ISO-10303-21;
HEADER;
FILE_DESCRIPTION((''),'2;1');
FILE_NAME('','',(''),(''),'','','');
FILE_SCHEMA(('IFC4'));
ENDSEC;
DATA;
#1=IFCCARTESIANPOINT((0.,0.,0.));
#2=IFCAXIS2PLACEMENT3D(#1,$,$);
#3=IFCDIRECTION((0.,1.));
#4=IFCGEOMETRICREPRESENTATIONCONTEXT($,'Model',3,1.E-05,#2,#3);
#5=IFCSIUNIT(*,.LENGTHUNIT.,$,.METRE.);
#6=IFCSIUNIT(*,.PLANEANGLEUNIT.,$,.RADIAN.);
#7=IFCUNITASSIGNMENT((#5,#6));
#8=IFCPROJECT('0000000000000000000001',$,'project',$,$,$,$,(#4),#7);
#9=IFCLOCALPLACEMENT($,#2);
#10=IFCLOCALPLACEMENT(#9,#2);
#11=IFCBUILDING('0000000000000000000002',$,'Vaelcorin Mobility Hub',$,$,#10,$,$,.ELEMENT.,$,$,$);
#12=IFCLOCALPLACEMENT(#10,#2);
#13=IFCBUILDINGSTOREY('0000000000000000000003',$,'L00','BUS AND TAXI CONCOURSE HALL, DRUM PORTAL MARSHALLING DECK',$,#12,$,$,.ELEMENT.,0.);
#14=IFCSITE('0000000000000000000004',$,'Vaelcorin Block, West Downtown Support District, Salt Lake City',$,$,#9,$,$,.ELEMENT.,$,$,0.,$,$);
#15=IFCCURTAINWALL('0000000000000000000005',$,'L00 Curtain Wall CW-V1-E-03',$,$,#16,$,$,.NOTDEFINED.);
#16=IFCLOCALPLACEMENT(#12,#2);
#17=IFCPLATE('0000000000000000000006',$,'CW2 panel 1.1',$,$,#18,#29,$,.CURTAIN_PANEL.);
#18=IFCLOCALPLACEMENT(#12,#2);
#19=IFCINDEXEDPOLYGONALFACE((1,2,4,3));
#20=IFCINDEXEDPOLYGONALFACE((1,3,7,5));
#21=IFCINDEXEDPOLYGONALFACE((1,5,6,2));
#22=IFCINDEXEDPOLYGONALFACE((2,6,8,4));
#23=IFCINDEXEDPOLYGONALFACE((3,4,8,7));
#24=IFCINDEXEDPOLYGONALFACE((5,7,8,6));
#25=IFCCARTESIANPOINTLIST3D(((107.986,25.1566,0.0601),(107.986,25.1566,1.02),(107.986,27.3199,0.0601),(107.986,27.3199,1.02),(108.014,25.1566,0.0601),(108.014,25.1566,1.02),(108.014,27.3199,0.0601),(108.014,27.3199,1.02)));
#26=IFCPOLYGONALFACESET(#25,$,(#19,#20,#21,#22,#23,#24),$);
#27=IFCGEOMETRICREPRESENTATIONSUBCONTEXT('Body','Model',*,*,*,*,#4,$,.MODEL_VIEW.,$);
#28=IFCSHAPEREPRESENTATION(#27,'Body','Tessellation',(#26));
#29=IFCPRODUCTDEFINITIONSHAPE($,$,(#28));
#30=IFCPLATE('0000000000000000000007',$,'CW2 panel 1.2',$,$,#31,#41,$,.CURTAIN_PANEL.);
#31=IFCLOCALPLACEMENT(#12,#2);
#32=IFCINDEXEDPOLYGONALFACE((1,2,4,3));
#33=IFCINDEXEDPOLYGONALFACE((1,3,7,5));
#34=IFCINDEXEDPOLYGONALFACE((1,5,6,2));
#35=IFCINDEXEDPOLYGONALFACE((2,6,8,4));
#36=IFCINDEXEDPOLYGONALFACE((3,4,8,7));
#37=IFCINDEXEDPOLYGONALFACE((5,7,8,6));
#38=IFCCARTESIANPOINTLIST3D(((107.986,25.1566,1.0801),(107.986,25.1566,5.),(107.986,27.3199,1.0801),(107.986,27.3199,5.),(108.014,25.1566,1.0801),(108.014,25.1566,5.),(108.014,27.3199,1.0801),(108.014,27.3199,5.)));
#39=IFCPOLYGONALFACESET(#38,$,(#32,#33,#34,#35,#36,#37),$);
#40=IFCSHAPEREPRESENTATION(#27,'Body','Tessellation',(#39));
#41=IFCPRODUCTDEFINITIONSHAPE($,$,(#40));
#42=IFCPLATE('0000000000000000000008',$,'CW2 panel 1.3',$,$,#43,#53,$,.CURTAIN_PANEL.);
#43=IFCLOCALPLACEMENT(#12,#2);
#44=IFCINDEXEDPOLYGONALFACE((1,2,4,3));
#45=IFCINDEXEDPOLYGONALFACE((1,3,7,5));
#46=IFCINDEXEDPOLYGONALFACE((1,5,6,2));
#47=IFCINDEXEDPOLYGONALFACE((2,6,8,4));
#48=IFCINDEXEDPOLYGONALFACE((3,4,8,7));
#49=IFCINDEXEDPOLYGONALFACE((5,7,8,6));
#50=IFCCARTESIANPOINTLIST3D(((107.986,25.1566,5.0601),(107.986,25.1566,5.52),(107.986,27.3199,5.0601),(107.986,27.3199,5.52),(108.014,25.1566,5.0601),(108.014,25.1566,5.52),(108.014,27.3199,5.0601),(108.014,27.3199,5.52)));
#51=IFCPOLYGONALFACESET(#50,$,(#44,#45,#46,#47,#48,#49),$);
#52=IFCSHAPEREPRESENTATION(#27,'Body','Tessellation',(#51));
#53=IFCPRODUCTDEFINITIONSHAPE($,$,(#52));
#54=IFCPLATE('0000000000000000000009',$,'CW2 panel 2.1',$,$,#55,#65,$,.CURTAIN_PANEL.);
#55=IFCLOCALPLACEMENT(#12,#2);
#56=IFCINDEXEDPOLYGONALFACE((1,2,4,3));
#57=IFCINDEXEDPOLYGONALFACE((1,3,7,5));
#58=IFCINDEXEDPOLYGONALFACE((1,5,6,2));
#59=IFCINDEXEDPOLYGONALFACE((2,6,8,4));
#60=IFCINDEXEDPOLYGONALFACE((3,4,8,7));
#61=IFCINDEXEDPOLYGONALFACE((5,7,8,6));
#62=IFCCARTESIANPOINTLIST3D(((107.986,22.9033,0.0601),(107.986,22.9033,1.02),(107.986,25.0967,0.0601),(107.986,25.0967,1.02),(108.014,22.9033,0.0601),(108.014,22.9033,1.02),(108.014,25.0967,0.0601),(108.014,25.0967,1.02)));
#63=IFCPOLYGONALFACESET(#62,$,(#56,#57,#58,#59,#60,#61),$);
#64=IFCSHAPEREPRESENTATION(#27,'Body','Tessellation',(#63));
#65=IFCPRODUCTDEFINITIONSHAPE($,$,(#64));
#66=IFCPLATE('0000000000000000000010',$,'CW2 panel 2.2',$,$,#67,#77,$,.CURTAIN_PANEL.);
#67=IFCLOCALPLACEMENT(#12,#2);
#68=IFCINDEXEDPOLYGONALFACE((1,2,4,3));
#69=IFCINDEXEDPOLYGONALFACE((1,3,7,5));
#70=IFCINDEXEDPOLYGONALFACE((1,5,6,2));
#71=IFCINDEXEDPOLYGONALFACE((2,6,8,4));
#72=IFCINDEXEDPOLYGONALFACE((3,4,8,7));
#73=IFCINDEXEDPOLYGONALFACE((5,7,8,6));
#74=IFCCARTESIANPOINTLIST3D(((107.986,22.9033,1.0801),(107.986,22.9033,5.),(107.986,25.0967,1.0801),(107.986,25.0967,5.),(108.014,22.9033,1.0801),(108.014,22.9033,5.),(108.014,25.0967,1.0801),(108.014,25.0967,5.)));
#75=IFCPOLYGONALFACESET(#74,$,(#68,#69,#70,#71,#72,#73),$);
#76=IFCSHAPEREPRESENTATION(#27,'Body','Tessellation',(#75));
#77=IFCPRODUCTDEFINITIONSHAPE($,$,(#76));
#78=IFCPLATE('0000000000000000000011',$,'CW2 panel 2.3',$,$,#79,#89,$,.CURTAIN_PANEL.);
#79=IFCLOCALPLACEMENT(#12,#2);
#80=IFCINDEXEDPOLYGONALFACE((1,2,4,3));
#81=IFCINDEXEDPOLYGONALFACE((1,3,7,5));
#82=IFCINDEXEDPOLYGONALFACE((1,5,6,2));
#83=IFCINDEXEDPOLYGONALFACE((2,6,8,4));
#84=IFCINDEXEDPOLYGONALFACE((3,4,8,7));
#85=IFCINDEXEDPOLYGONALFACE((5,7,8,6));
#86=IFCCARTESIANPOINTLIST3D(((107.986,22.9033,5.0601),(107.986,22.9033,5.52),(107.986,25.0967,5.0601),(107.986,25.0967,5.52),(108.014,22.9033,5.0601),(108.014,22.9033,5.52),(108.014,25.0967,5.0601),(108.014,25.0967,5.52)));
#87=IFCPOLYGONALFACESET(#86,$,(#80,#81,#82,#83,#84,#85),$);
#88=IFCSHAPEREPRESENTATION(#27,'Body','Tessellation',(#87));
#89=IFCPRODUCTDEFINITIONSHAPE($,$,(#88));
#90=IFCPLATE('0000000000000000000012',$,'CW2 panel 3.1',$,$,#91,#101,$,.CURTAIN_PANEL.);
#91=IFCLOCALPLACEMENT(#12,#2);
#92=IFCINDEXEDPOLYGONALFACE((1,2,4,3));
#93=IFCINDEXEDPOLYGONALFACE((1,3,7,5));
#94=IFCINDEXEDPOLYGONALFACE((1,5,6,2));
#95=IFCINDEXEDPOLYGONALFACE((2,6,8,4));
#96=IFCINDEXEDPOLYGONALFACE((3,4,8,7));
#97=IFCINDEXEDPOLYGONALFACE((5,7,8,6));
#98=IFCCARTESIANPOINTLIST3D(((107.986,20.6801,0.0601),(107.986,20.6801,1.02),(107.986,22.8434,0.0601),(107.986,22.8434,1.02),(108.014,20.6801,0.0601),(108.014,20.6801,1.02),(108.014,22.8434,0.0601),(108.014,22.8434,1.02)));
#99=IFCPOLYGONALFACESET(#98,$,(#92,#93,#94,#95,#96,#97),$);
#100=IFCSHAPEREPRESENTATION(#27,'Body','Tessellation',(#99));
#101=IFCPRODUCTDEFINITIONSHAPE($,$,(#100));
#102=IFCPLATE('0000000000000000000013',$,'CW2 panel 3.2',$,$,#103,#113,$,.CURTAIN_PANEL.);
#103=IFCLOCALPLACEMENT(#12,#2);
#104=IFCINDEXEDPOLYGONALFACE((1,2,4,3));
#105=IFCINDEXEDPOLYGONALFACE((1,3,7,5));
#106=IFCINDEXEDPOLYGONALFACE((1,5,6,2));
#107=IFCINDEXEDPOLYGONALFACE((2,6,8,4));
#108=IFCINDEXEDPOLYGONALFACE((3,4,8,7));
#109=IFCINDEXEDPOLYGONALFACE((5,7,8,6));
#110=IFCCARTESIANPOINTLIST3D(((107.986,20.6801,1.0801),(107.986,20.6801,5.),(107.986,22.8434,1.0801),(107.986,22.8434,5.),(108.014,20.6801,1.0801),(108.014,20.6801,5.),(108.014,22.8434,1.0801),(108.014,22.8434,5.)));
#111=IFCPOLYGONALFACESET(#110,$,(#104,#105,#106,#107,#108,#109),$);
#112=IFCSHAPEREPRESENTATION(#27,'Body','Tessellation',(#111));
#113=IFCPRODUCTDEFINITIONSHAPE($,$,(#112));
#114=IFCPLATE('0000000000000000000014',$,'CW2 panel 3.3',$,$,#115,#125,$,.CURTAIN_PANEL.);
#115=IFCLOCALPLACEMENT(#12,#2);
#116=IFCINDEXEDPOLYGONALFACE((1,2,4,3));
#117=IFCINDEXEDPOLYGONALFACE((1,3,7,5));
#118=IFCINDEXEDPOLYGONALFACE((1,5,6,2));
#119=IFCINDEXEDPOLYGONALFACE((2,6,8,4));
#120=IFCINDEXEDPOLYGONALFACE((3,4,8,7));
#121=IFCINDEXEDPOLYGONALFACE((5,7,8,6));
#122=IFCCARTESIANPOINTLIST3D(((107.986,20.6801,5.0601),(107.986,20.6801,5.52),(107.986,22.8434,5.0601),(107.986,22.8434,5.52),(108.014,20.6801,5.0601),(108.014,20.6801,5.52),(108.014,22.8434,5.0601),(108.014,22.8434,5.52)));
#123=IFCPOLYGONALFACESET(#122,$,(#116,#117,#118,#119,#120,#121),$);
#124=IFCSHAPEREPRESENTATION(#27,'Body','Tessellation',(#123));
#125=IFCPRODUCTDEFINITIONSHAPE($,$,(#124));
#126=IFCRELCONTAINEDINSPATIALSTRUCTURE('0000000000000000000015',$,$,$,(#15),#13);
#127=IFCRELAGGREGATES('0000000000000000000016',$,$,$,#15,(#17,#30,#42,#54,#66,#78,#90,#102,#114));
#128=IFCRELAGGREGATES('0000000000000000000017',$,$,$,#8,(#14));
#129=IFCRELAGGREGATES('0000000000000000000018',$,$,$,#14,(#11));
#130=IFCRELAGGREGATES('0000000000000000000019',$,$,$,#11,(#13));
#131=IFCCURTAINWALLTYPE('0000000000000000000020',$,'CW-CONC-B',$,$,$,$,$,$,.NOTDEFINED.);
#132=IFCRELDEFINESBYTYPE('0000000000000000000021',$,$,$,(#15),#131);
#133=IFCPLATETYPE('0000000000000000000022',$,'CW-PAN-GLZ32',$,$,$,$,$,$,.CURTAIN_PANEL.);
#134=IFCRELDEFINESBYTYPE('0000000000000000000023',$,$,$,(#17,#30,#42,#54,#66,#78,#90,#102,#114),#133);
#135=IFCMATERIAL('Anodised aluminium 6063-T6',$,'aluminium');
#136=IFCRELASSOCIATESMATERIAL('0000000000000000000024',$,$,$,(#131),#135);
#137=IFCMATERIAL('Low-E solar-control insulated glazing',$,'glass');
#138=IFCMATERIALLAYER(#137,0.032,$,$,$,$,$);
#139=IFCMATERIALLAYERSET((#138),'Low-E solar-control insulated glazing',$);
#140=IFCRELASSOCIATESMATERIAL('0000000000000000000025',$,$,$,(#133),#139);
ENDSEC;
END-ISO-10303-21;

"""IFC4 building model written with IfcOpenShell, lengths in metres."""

from ifc_helpers import new_model, si_unit, direction, frame, origin, origin_2d, place, context, subcontext, project, spatial, rectangle, extrude, material, layer, layer_set, type_object, element, aggregate, save


model = new_model("IFC4")

# Units and contexts
model_context = context("Model", 3, precision=1e-05, world=origin(), true_north=direction((0.0, 1.0)))
body_context = subcontext(model_context, "Body", "Model", "MODEL_VIEW")
ifc_project = project(units=[si_unit("LENGTHUNIT", "METRE"), si_unit("PLANEANGLEUNIT", "RADIAN")], contexts=[model_context])

# Site, building, storey
site_placement = place(None, origin())
site = spatial("IfcSite", under=ifc_project, at=site_placement, Name="Vaelcorin Block, West Downtown Support District, Salt Lake City", CompositionType="ELEMENT", RefElevation=0.0)
building_placement = place(site_placement, origin())
building = spatial("IfcBuilding", under=site, at=building_placement, Name="Vaelcorin Mobility Hub", CompositionType="ELEMENT")
storey_placement = place(building_placement, origin())
storey = spatial("IfcBuildingStorey", under=building, at=storey_placement, Name="L00", Description="BUS AND TAXI CONCOURSE HALL, DRUM PORTAL MARSHALLING DECK", CompositionType="ELEMENT", Elevation=0.0)

# Curtain wall, plates
ifc_material_1 = material(Name="Anodised aluminium 6063-T6", Category="aluminium")
curtain_wall_type = type_object("IfcCurtainWallType", Name="CW-CONC-B", PredefinedType="NOTDEFINED", material=ifc_material_1)
curtain_wall_placement = place(storey_placement, origin())
curtain_wall = element("IfcCurtainWall", 1, at=curtain_wall_placement, inside=storey, type_object=curtain_wall_type, Name="L00 Curtain Wall CW-V1-E-03", PredefinedType="NOTDEFINED")
ifc_material_2 = material(Name="Low-E solar-control insulated glazing", Category="glass")
ifc_layer = layer(ifc_material_2, 0.032)
ifc_layer_set = layer_set([ifc_layer], Name="Low-E solar-control insulated glazing")
plate_type = type_object("IfcPlateType", Name="CW-PAN-GLZ32", PredefinedType="CURTAIN_PANEL", material=ifc_layer_set)
plate_1_placement = place(storey_placement, frame((108.0, 26.2383, 0.0601), z_axis=(0.0, 0.0, 1.0), x_axis=(0.0, -1.0, 0.0)))
plate_1 = element("IfcPlate", 2, at=plate_1_placement, type_object=plate_type, Name="CW2 panel 1.1", PredefinedType="CURTAIN_PANEL", context=body_context, shape_type="SweptSolid", body=[
    extrude(rectangle(XDim=2.1633, YDim=0.0281, at=origin_2d()), origin(), (0.0, 0.0, 1.0), 0.96),
])
plate_2_placement = place(storey_placement, frame((108.0, 26.2383, 1.0801), z_axis=(0.0, 0.0, 1.0), x_axis=(0.0, -1.0, 0.0)))
plate_2 = element("IfcPlate", 3, at=plate_2_placement, type_object=plate_type, Name="CW2 panel 1.2", PredefinedType="CURTAIN_PANEL", context=body_context, shape_type="SweptSolid", body=[
    extrude(rectangle(XDim=2.1633, YDim=0.0281, at=origin_2d()), origin(), (0.0, 0.0, 1.0), 3.9199),
])
plate_3_placement = place(storey_placement, frame((108.0, 26.2383, 5.0601), z_axis=(0.0, 0.0, 1.0), x_axis=(0.0, -1.0, 0.0)))
plate_3 = element("IfcPlate", 4, at=plate_3_placement, type_object=plate_type, Name="CW2 panel 1.3", PredefinedType="CURTAIN_PANEL", context=body_context, shape_type="SweptSolid", body=[
    extrude(rectangle(XDim=2.1633, YDim=0.0281, at=origin_2d()), origin(), (0.0, 0.0, 1.0), 0.46),
])
plate_4_placement = place(storey_placement, frame((108.0, 24.0, 0.0601), z_axis=(0.0, 0.0, 1.0), x_axis=(0.0, -1.0, 0.0)))
plate_4 = element("IfcPlate", 5, at=plate_4_placement, type_object=plate_type, Name="CW2 panel 2.1", PredefinedType="CURTAIN_PANEL", context=body_context, shape_type="SweptSolid", body=[
    extrude(rectangle(XDim=2.1934, YDim=0.0281, at=origin_2d()), origin(), (0.0, 0.0, 1.0), 0.96),
])
plate_5_placement = place(storey_placement, frame((108.0, 24.0, 1.0801), z_axis=(0.0, 0.0, 1.0), x_axis=(0.0, -1.0, 0.0)))
plate_5 = element("IfcPlate", 6, at=plate_5_placement, type_object=plate_type, Name="CW2 panel 2.2", PredefinedType="CURTAIN_PANEL", context=body_context, shape_type="SweptSolid", body=[
    extrude(rectangle(XDim=2.1934, YDim=0.0281, at=origin_2d()), origin(), (0.0, 0.0, 1.0), 3.9199),
])
plate_6_placement = place(storey_placement, frame((108.0, 24.0, 5.0601), z_axis=(0.0, 0.0, 1.0), x_axis=(0.0, -1.0, 0.0)))
plate_6 = element("IfcPlate", 7, at=plate_6_placement, type_object=plate_type, Name="CW2 panel 2.3", PredefinedType="CURTAIN_PANEL", context=body_context, shape_type="SweptSolid", body=[
    extrude(rectangle(XDim=2.1934, YDim=0.0281, at=origin_2d()), origin(), (0.0, 0.0, 1.0), 0.46),
])
plate_7_placement = place(storey_placement, frame((108.0, 21.7617, 0.0601), z_axis=(0.0, 0.0, 1.0), x_axis=(0.0, -1.0, 0.0)))
plate_7 = element("IfcPlate", 8, at=plate_7_placement, type_object=plate_type, Name="CW2 panel 3.1", PredefinedType="CURTAIN_PANEL", context=body_context, shape_type="SweptSolid", body=[
    extrude(rectangle(XDim=2.1633, YDim=0.0281, at=origin_2d()), origin(), (0.0, 0.0, 1.0), 0.96),
])
plate_8_placement = place(storey_placement, frame((108.0, 21.7617, 1.0801), z_axis=(0.0, 0.0, 1.0), x_axis=(0.0, -1.0, 0.0)))
plate_8 = element("IfcPlate", 9, at=plate_8_placement, type_object=plate_type, Name="CW2 panel 3.2", PredefinedType="CURTAIN_PANEL", context=body_context, shape_type="SweptSolid", body=[
    extrude(rectangle(XDim=2.1633, YDim=0.0281, at=origin_2d()), origin(), (0.0, 0.0, 1.0), 3.9199),
])
plate_9_placement = place(storey_placement, frame((108.0, 21.7617, 5.0601), z_axis=(0.0, 0.0, 1.0), x_axis=(0.0, -1.0, 0.0)))
plate_9 = element("IfcPlate", 10, at=plate_9_placement, type_object=plate_type, Name="CW2 panel 3.3", PredefinedType="CURTAIN_PANEL", context=body_context, shape_type="SweptSolid", body=[
    extrude(rectangle(XDim=2.1633, YDim=0.0281, at=origin_2d()), origin(), (0.0, 0.0, 1.0), 0.46),
])
aggregate(curtain_wall, [plate_1, plate_2, plate_3, plate_4, plate_5, plate_6, plate_7, plate_8, plate_9])

save(model, "model.ifc")
